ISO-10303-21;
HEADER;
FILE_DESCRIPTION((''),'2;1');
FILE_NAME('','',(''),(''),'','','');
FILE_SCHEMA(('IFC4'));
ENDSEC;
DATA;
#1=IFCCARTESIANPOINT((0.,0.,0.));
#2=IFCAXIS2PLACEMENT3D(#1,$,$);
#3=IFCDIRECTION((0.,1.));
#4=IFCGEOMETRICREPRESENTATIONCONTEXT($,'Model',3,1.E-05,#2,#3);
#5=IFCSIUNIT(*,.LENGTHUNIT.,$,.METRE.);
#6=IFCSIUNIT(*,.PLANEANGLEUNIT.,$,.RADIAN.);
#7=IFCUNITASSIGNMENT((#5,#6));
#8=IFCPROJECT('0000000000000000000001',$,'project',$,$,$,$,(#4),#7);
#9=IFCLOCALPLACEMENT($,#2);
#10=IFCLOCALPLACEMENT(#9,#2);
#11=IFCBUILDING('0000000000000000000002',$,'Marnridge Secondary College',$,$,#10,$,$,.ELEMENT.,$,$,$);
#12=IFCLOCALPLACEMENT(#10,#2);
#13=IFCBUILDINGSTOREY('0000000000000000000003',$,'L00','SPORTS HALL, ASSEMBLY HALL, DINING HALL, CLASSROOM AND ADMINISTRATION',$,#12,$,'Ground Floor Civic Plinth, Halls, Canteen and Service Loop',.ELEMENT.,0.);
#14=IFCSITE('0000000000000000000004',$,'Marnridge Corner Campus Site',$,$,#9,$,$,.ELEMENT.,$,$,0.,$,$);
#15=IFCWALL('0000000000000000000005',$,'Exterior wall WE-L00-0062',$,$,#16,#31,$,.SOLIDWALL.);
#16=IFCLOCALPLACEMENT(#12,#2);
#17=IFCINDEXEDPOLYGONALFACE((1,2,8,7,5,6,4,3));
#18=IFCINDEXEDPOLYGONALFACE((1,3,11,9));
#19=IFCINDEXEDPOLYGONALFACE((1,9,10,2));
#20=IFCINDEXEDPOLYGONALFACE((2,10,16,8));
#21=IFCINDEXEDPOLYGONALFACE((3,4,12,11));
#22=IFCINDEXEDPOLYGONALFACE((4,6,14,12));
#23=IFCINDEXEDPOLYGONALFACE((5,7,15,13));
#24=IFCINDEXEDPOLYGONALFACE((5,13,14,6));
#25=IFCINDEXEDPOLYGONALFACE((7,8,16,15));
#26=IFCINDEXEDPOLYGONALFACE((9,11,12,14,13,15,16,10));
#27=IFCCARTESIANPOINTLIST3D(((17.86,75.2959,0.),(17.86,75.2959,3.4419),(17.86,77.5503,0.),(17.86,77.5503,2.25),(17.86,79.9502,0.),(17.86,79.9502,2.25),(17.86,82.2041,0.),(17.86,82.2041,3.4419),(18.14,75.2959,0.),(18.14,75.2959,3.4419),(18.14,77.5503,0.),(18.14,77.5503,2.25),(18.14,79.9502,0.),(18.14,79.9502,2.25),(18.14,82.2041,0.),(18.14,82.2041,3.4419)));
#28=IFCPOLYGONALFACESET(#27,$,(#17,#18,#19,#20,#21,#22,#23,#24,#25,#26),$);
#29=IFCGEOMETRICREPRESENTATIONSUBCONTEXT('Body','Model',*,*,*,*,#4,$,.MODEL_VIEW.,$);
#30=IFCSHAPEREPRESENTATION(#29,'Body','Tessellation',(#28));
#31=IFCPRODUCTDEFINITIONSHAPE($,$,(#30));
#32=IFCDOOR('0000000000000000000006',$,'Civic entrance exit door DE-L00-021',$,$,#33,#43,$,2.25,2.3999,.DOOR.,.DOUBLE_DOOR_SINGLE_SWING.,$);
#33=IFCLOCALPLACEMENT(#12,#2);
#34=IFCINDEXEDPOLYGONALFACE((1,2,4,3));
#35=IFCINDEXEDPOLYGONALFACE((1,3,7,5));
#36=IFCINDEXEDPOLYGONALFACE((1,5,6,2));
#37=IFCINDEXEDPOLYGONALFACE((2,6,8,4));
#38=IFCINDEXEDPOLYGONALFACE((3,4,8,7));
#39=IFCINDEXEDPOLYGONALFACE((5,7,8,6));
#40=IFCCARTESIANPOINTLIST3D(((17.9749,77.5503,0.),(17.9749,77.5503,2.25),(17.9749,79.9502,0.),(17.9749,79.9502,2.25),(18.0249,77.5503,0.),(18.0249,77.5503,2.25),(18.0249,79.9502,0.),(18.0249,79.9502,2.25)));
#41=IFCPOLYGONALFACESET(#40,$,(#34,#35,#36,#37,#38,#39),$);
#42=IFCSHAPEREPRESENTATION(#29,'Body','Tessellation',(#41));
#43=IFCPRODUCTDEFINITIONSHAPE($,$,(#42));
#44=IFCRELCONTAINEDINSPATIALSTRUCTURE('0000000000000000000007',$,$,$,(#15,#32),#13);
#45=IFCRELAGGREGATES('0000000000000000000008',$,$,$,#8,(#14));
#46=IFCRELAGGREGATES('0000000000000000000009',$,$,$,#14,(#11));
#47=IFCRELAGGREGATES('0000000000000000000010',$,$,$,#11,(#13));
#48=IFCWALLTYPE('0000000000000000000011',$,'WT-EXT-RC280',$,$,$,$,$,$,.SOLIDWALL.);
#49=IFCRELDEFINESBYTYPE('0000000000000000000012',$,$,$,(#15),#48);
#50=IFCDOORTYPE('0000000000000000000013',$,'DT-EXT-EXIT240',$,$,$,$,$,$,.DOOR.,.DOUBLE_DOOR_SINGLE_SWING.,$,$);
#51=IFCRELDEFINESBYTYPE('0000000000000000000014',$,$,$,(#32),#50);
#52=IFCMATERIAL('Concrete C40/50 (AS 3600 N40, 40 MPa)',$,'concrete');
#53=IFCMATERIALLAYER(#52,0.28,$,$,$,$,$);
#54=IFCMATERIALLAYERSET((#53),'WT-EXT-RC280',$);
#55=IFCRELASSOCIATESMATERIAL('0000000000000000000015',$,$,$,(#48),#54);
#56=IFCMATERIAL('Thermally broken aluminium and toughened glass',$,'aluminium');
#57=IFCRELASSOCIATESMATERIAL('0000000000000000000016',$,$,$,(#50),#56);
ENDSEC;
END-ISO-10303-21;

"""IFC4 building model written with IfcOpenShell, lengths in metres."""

from ifc_helpers import new_model, si_unit, direction, frame, frame_2d, origin, place, context, subcontext, project, spatial, rectangle, extrude, material, layer, layer_set, type_object, element, fill, save


model = new_model("IFC4")

# Units and contexts
model_context = context("Model", 3, precision=1e-05, world=origin(), true_north=direction((0.0, 1.0)))
body_context = subcontext(model_context, "Body", "Model", "MODEL_VIEW")
ifc_project = project(units=[si_unit("LENGTHUNIT", "METRE"), si_unit("PLANEANGLEUNIT", "RADIAN")], contexts=[model_context])

# Site, building, storey
site_placement = place(None, origin())
site = spatial("IfcSite", under=ifc_project, at=site_placement, Name="Marnridge Corner Campus Site", CompositionType="ELEMENT", RefElevation=0.0)
building_placement = place(site_placement, origin())
building = spatial("IfcBuilding", under=site, at=building_placement, Name="Marnridge Secondary College", CompositionType="ELEMENT")
storey_placement = place(building_placement, origin())
storey = spatial("IfcBuildingStorey", under=building, at=storey_placement, Name="L00", Description="SPORTS HALL, ASSEMBLY HALL, DINING HALL, CLASSROOM AND ADMINISTRATION", LongName="Ground Floor Civic Plinth, Halls, Canteen and Service Loop", CompositionType="ELEMENT", Elevation=0.0)

# Wall, opening, door
ifc_material_1 = material(Name="Concrete C40/50 (AS 3600 N40, 40 MPa)", Category="concrete")
ifc_layer_1 = layer(ifc_material_1, 0.28)
ifc_layer_set_1 = layer_set([ifc_layer_1], Name="WT-EXT-RC280")
wall_type = type_object("IfcWallType", Name="WT-EXT-RC280", PredefinedType="SOLIDWALL", material=ifc_layer_set_1)
wall_placement = place(storey_placement, frame((18.0, 82.2041, 0.0), z_axis=(0.0, 0.0, 1.0), x_axis=(0.0, -1.0, 0.0)))
wall = element("IfcWall", 1, at=wall_placement, inside=storey, type_object=wall_type, Name="Exterior wall WE-L00-0062", PredefinedType="SOLIDWALL", context=body_context, shape_type="SweptSolid", body=[
    extrude(rectangle(XDim=6.9082, YDim=0.28, at=frame_2d((3.4541, 0.0))), origin(), (0.0, 0.0, 1.0), 3.4419),
])
opening_placement = place(wall_placement, frame((2.2539, 0.0, 0.0)))
opening = element("IfcOpeningElement", 2, at=opening_placement, cuts=wall, PredefinedType="OPENING", context=body_context, shape_type="SweptSolid", body=[
    extrude(rectangle(XDim=2.3999, YDim=2.25, at=frame_2d((1.2, 1.125))), frame((0.0, 0.1499, 0.0), z_axis=(0.0, -1.0, 0.0), x_axis=(1.0, 0.0, 0.0)), (0.0, 0.0, 1.0), 0.3),
])
ifc_material_2 = material(Name="Thermally broken aluminium and toughened glass", Category="aluminium")
door_type = type_object("IfcDoorType", Name="DT-EXT-EXIT240", OperationType="DOUBLE_DOOR_SINGLE_SWING", PredefinedType="DOOR", material=ifc_material_2)
door_placement = place(opening_placement, origin())
door = element("IfcDoor", 3, at=door_placement, inside=storey, type_object=door_type, Name="Civic entrance exit door DE-L00-021", OperationType="DOUBLE_DOOR_SINGLE_SWING", OverallHeight=2.25, OverallWidth=2.3999, PredefinedType="DOOR", context=body_context, shape_type="SweptSolid", body=[
    extrude(rectangle(XDim=2.3999, YDim=2.25, at=frame_2d((1.2, 1.125))), frame((0.0, 0.0249, 0.0), z_axis=(0.0, -1.0, 0.0), x_axis=(1.0, 0.0, 0.0)), (0.0, 0.0, 1.0), 0.05),
])
fill(opening, door)

save(model, "model.ifc")
